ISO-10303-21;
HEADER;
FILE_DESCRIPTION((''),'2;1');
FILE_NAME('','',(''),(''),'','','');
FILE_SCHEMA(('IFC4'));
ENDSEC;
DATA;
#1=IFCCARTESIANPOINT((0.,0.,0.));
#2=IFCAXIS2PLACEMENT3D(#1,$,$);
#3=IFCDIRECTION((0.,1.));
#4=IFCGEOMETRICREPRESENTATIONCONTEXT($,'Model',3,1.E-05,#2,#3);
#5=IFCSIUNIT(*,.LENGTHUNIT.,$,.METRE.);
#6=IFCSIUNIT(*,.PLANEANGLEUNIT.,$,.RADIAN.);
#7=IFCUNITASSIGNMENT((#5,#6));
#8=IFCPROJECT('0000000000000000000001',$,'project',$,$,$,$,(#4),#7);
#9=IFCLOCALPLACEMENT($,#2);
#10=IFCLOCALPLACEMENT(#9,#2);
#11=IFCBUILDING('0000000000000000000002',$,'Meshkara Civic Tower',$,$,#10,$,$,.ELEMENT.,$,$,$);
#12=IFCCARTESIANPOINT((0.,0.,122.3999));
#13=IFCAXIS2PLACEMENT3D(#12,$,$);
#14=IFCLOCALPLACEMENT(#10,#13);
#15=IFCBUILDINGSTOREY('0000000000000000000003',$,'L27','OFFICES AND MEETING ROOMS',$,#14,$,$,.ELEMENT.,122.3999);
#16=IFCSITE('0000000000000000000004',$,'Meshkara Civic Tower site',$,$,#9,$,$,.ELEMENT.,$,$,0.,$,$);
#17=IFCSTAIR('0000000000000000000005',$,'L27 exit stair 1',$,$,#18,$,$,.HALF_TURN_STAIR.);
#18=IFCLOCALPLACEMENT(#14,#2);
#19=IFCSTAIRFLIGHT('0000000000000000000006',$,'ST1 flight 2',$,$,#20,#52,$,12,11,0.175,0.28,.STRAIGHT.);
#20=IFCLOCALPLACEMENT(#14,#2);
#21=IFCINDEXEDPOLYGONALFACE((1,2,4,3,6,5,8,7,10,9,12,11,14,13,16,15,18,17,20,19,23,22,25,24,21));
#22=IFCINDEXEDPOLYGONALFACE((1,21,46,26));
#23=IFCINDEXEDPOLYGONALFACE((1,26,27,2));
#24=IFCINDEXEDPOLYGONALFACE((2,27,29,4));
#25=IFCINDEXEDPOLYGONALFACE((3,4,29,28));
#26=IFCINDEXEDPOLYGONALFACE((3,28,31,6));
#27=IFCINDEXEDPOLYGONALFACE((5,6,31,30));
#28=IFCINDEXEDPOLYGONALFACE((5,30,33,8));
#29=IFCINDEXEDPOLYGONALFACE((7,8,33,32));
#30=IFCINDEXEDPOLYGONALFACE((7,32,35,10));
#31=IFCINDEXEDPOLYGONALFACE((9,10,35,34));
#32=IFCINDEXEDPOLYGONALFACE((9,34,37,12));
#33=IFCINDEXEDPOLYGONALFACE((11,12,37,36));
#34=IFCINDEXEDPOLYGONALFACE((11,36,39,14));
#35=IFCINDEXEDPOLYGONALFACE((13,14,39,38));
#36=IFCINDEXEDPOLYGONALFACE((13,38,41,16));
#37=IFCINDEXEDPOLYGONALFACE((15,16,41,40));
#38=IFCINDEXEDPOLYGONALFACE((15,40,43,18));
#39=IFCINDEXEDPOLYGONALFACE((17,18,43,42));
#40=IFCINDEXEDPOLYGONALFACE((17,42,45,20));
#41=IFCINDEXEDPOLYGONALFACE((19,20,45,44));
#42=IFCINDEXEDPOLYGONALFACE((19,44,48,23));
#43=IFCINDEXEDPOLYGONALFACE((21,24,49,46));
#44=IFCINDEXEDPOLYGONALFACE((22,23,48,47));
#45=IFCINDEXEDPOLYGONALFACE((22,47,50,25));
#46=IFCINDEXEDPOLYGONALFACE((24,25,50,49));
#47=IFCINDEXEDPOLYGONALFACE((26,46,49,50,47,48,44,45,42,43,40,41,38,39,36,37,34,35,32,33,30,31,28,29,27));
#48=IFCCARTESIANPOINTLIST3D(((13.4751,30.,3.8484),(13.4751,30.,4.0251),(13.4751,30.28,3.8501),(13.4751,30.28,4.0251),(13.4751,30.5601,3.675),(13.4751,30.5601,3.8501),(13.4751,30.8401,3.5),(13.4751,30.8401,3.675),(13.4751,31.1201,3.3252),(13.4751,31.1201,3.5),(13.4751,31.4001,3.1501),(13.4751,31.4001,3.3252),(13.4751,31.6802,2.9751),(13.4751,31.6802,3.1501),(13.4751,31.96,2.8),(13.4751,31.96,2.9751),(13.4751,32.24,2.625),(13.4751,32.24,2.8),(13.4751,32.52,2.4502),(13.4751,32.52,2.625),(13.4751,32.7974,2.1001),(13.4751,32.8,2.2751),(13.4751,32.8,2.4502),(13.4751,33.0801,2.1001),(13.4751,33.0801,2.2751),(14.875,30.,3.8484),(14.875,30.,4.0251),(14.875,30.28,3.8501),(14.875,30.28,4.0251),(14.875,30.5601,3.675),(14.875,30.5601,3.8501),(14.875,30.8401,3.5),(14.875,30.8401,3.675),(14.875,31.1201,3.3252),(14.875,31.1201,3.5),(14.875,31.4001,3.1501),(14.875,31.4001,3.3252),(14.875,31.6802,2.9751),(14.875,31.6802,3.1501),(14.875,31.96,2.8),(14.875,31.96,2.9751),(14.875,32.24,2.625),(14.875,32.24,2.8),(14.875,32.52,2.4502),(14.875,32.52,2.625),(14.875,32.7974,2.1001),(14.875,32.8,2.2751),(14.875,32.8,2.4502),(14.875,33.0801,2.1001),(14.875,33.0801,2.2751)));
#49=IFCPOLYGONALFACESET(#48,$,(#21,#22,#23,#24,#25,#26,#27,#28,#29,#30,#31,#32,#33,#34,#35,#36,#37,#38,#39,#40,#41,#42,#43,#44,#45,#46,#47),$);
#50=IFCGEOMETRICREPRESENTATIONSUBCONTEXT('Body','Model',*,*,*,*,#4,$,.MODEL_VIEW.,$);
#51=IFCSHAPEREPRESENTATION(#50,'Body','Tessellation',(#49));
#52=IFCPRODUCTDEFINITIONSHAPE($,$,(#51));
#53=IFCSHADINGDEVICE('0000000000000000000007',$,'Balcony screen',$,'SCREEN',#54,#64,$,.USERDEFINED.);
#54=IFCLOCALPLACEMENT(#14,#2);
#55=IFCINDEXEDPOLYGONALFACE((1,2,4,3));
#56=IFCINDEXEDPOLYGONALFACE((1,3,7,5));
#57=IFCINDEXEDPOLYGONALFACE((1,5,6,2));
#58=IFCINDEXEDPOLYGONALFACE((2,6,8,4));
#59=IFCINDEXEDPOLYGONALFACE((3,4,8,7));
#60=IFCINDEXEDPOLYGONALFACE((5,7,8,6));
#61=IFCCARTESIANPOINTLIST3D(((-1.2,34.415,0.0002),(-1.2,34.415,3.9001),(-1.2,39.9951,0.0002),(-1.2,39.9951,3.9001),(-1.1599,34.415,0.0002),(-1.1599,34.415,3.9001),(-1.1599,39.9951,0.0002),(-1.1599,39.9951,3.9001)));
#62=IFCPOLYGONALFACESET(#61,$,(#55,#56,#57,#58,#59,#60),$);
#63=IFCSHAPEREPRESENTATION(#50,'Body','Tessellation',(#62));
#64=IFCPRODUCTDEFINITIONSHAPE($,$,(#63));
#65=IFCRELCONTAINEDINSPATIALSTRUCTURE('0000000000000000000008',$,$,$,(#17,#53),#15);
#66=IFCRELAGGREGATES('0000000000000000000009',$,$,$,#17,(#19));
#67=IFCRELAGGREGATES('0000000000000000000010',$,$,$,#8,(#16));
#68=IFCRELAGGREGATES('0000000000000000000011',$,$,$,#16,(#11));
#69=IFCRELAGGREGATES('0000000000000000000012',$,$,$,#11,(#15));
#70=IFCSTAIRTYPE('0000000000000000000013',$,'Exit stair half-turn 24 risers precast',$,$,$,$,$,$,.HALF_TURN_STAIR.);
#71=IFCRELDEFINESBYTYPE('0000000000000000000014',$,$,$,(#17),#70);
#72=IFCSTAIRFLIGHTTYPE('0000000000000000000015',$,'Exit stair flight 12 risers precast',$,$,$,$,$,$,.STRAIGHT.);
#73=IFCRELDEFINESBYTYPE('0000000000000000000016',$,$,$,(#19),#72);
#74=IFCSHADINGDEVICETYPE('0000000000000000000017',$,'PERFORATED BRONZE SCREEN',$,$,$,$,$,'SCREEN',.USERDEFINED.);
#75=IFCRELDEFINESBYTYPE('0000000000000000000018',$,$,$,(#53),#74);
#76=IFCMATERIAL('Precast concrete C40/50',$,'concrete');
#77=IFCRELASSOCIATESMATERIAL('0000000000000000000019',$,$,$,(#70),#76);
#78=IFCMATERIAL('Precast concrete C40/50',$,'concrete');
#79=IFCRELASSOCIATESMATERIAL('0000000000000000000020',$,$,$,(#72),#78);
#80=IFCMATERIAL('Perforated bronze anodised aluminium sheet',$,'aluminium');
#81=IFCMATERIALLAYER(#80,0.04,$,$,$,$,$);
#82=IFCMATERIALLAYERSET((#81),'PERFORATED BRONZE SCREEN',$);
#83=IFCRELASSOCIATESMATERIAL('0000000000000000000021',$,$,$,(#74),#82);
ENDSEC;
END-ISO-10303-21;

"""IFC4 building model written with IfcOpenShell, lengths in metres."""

from ifc_helpers import new_model, si_unit, direction, frame, origin, origin_2d, place, context, subcontext, project, spatial, polyline, rectangle, outline, extrude, material, layer, layer_set, type_object, element, aggregate, save


model = new_model("IFC4")

# Units and contexts
model_context = context("Model", 3, precision=1e-05, world=origin(), true_north=direction((0.0, 1.0)))
body_context = subcontext(model_context, "Body", "Model", "MODEL_VIEW")
ifc_project = project(units=[si_unit("LENGTHUNIT", "METRE"), si_unit("PLANEANGLEUNIT", "RADIAN")], contexts=[model_context])

# Site, building, storey
site_placement = place(None, origin())
site = spatial("IfcSite", under=ifc_project, at=site_placement, Name="Meshkara Civic Tower site", CompositionType="ELEMENT", RefElevation=0.0)
building_placement = place(site_placement, origin())
building = spatial("IfcBuilding", under=site, at=building_placement, Name="Meshkara Civic Tower", CompositionType="ELEMENT")
storey_placement = place(building_placement, frame((0.0, 0.0, 122.3999)))
storey = spatial("IfcBuildingStorey", under=building, at=storey_placement, Name="L27", Description="OFFICES AND MEETING ROOMS", CompositionType="ELEMENT", Elevation=122.3999)

# Stair, stair flight
ifc_material_1 = material(Name="Precast concrete C40/50", Category="concrete")
stair_type = type_object("IfcStairType", Name="Exit stair half-turn 24 risers precast", PredefinedType="HALF_TURN_STAIR", material=ifc_material_1)
stair_placement = place(storey_placement, origin())
stair = element("IfcStair", 1, at=stair_placement, inside=storey, type_object=stair_type, Name="L27 exit stair 1", PredefinedType="HALF_TURN_STAIR")
ifc_material_2 = material(Name="Precast concrete C40/50", Category="concrete")
stair_flight_type = type_object("IfcStairFlightType", Name="Exit stair flight 12 risers precast", PredefinedType="STRAIGHT", material=ifc_material_2)
stair_flight_1_placement = place(storey_placement, frame((14.175, 33.0801, 2.1001), z_axis=(0.0, 0.0, 1.0), x_axis=(0.0, -1.0, 0.0)))
stair_flight_1 = element("IfcStairFlight", 2, at=stair_flight_1_placement, type_object=stair_flight_type, Name="ST1 flight 2", NumberOfRisers=12, NumberOfTreads=11, PredefinedType="STRAIGHT", RiserHeight=0.175, TreadLength=0.28, context=body_context, shape_type="SweptSolid", body=[
    extrude(outline(polyline([(0.0, 0.0), (0.0, 0.175), (0.28, 0.175), (0.28, 0.3501), (0.5601, 0.3501), (0.5601, 0.5249), (0.8401, 0.5249), (0.8401, 0.7), (1.1201, 0.7), (1.1201, 0.875), (1.3999, 0.875), (1.3999, 1.05), (1.6799, 1.05), (1.6799, 1.2251), (1.96, 1.2251), (1.96, 1.3999), (2.24, 1.3999), (2.24, 1.575), (2.52, 1.575), (2.52, 1.75), (2.8, 1.75), (2.8, 1.925), (3.0801, 1.925), (3.0801, 2.1001), (3.0801, 1.7483), (0.2827, 0.0), (0.0, 0.0)])), frame((0.0, 0.7, 0.0), z_axis=(0.0, -1.0, 0.0), x_axis=(1.0, 0.0, 0.0)), (0.0, 0.0, 1.0), 1.3999),
])
aggregate(stair, [stair_flight_1])

# Shading device
ifc_material_3 = material(Name="Perforated bronze anodised aluminium sheet", Category="aluminium")
ifc_layer_1 = layer(ifc_material_3, 0.04)
ifc_layer_set_1 = layer_set([ifc_layer_1], Name="PERFORATED BRONZE SCREEN")
shading_device_type = type_object("IfcShadingDeviceType", Name="PERFORATED BRONZE SCREEN", ElementType="SCREEN", PredefinedType="USERDEFINED", material=ifc_layer_set_1)
shading_device_placement = place(storey_placement, frame((-1.1799, 37.2051, 0.0002), z_axis=(0.0, 0.0, 1.0), x_axis=(0.0, -1.0, 0.0)))
element("IfcShadingDevice", 3, at=shading_device_placement, inside=storey, type_object=shading_device_type, Name="Balcony screen", ObjectType="SCREEN", PredefinedType="USERDEFINED", context=body_context, shape_type="SweptSolid", body=[
    extrude(rectangle(XDim=5.5801, YDim=0.04, at=origin_2d()), origin(), (0.0, 0.0, 1.0), 3.8999),
])

save(model, "model.ifc")
